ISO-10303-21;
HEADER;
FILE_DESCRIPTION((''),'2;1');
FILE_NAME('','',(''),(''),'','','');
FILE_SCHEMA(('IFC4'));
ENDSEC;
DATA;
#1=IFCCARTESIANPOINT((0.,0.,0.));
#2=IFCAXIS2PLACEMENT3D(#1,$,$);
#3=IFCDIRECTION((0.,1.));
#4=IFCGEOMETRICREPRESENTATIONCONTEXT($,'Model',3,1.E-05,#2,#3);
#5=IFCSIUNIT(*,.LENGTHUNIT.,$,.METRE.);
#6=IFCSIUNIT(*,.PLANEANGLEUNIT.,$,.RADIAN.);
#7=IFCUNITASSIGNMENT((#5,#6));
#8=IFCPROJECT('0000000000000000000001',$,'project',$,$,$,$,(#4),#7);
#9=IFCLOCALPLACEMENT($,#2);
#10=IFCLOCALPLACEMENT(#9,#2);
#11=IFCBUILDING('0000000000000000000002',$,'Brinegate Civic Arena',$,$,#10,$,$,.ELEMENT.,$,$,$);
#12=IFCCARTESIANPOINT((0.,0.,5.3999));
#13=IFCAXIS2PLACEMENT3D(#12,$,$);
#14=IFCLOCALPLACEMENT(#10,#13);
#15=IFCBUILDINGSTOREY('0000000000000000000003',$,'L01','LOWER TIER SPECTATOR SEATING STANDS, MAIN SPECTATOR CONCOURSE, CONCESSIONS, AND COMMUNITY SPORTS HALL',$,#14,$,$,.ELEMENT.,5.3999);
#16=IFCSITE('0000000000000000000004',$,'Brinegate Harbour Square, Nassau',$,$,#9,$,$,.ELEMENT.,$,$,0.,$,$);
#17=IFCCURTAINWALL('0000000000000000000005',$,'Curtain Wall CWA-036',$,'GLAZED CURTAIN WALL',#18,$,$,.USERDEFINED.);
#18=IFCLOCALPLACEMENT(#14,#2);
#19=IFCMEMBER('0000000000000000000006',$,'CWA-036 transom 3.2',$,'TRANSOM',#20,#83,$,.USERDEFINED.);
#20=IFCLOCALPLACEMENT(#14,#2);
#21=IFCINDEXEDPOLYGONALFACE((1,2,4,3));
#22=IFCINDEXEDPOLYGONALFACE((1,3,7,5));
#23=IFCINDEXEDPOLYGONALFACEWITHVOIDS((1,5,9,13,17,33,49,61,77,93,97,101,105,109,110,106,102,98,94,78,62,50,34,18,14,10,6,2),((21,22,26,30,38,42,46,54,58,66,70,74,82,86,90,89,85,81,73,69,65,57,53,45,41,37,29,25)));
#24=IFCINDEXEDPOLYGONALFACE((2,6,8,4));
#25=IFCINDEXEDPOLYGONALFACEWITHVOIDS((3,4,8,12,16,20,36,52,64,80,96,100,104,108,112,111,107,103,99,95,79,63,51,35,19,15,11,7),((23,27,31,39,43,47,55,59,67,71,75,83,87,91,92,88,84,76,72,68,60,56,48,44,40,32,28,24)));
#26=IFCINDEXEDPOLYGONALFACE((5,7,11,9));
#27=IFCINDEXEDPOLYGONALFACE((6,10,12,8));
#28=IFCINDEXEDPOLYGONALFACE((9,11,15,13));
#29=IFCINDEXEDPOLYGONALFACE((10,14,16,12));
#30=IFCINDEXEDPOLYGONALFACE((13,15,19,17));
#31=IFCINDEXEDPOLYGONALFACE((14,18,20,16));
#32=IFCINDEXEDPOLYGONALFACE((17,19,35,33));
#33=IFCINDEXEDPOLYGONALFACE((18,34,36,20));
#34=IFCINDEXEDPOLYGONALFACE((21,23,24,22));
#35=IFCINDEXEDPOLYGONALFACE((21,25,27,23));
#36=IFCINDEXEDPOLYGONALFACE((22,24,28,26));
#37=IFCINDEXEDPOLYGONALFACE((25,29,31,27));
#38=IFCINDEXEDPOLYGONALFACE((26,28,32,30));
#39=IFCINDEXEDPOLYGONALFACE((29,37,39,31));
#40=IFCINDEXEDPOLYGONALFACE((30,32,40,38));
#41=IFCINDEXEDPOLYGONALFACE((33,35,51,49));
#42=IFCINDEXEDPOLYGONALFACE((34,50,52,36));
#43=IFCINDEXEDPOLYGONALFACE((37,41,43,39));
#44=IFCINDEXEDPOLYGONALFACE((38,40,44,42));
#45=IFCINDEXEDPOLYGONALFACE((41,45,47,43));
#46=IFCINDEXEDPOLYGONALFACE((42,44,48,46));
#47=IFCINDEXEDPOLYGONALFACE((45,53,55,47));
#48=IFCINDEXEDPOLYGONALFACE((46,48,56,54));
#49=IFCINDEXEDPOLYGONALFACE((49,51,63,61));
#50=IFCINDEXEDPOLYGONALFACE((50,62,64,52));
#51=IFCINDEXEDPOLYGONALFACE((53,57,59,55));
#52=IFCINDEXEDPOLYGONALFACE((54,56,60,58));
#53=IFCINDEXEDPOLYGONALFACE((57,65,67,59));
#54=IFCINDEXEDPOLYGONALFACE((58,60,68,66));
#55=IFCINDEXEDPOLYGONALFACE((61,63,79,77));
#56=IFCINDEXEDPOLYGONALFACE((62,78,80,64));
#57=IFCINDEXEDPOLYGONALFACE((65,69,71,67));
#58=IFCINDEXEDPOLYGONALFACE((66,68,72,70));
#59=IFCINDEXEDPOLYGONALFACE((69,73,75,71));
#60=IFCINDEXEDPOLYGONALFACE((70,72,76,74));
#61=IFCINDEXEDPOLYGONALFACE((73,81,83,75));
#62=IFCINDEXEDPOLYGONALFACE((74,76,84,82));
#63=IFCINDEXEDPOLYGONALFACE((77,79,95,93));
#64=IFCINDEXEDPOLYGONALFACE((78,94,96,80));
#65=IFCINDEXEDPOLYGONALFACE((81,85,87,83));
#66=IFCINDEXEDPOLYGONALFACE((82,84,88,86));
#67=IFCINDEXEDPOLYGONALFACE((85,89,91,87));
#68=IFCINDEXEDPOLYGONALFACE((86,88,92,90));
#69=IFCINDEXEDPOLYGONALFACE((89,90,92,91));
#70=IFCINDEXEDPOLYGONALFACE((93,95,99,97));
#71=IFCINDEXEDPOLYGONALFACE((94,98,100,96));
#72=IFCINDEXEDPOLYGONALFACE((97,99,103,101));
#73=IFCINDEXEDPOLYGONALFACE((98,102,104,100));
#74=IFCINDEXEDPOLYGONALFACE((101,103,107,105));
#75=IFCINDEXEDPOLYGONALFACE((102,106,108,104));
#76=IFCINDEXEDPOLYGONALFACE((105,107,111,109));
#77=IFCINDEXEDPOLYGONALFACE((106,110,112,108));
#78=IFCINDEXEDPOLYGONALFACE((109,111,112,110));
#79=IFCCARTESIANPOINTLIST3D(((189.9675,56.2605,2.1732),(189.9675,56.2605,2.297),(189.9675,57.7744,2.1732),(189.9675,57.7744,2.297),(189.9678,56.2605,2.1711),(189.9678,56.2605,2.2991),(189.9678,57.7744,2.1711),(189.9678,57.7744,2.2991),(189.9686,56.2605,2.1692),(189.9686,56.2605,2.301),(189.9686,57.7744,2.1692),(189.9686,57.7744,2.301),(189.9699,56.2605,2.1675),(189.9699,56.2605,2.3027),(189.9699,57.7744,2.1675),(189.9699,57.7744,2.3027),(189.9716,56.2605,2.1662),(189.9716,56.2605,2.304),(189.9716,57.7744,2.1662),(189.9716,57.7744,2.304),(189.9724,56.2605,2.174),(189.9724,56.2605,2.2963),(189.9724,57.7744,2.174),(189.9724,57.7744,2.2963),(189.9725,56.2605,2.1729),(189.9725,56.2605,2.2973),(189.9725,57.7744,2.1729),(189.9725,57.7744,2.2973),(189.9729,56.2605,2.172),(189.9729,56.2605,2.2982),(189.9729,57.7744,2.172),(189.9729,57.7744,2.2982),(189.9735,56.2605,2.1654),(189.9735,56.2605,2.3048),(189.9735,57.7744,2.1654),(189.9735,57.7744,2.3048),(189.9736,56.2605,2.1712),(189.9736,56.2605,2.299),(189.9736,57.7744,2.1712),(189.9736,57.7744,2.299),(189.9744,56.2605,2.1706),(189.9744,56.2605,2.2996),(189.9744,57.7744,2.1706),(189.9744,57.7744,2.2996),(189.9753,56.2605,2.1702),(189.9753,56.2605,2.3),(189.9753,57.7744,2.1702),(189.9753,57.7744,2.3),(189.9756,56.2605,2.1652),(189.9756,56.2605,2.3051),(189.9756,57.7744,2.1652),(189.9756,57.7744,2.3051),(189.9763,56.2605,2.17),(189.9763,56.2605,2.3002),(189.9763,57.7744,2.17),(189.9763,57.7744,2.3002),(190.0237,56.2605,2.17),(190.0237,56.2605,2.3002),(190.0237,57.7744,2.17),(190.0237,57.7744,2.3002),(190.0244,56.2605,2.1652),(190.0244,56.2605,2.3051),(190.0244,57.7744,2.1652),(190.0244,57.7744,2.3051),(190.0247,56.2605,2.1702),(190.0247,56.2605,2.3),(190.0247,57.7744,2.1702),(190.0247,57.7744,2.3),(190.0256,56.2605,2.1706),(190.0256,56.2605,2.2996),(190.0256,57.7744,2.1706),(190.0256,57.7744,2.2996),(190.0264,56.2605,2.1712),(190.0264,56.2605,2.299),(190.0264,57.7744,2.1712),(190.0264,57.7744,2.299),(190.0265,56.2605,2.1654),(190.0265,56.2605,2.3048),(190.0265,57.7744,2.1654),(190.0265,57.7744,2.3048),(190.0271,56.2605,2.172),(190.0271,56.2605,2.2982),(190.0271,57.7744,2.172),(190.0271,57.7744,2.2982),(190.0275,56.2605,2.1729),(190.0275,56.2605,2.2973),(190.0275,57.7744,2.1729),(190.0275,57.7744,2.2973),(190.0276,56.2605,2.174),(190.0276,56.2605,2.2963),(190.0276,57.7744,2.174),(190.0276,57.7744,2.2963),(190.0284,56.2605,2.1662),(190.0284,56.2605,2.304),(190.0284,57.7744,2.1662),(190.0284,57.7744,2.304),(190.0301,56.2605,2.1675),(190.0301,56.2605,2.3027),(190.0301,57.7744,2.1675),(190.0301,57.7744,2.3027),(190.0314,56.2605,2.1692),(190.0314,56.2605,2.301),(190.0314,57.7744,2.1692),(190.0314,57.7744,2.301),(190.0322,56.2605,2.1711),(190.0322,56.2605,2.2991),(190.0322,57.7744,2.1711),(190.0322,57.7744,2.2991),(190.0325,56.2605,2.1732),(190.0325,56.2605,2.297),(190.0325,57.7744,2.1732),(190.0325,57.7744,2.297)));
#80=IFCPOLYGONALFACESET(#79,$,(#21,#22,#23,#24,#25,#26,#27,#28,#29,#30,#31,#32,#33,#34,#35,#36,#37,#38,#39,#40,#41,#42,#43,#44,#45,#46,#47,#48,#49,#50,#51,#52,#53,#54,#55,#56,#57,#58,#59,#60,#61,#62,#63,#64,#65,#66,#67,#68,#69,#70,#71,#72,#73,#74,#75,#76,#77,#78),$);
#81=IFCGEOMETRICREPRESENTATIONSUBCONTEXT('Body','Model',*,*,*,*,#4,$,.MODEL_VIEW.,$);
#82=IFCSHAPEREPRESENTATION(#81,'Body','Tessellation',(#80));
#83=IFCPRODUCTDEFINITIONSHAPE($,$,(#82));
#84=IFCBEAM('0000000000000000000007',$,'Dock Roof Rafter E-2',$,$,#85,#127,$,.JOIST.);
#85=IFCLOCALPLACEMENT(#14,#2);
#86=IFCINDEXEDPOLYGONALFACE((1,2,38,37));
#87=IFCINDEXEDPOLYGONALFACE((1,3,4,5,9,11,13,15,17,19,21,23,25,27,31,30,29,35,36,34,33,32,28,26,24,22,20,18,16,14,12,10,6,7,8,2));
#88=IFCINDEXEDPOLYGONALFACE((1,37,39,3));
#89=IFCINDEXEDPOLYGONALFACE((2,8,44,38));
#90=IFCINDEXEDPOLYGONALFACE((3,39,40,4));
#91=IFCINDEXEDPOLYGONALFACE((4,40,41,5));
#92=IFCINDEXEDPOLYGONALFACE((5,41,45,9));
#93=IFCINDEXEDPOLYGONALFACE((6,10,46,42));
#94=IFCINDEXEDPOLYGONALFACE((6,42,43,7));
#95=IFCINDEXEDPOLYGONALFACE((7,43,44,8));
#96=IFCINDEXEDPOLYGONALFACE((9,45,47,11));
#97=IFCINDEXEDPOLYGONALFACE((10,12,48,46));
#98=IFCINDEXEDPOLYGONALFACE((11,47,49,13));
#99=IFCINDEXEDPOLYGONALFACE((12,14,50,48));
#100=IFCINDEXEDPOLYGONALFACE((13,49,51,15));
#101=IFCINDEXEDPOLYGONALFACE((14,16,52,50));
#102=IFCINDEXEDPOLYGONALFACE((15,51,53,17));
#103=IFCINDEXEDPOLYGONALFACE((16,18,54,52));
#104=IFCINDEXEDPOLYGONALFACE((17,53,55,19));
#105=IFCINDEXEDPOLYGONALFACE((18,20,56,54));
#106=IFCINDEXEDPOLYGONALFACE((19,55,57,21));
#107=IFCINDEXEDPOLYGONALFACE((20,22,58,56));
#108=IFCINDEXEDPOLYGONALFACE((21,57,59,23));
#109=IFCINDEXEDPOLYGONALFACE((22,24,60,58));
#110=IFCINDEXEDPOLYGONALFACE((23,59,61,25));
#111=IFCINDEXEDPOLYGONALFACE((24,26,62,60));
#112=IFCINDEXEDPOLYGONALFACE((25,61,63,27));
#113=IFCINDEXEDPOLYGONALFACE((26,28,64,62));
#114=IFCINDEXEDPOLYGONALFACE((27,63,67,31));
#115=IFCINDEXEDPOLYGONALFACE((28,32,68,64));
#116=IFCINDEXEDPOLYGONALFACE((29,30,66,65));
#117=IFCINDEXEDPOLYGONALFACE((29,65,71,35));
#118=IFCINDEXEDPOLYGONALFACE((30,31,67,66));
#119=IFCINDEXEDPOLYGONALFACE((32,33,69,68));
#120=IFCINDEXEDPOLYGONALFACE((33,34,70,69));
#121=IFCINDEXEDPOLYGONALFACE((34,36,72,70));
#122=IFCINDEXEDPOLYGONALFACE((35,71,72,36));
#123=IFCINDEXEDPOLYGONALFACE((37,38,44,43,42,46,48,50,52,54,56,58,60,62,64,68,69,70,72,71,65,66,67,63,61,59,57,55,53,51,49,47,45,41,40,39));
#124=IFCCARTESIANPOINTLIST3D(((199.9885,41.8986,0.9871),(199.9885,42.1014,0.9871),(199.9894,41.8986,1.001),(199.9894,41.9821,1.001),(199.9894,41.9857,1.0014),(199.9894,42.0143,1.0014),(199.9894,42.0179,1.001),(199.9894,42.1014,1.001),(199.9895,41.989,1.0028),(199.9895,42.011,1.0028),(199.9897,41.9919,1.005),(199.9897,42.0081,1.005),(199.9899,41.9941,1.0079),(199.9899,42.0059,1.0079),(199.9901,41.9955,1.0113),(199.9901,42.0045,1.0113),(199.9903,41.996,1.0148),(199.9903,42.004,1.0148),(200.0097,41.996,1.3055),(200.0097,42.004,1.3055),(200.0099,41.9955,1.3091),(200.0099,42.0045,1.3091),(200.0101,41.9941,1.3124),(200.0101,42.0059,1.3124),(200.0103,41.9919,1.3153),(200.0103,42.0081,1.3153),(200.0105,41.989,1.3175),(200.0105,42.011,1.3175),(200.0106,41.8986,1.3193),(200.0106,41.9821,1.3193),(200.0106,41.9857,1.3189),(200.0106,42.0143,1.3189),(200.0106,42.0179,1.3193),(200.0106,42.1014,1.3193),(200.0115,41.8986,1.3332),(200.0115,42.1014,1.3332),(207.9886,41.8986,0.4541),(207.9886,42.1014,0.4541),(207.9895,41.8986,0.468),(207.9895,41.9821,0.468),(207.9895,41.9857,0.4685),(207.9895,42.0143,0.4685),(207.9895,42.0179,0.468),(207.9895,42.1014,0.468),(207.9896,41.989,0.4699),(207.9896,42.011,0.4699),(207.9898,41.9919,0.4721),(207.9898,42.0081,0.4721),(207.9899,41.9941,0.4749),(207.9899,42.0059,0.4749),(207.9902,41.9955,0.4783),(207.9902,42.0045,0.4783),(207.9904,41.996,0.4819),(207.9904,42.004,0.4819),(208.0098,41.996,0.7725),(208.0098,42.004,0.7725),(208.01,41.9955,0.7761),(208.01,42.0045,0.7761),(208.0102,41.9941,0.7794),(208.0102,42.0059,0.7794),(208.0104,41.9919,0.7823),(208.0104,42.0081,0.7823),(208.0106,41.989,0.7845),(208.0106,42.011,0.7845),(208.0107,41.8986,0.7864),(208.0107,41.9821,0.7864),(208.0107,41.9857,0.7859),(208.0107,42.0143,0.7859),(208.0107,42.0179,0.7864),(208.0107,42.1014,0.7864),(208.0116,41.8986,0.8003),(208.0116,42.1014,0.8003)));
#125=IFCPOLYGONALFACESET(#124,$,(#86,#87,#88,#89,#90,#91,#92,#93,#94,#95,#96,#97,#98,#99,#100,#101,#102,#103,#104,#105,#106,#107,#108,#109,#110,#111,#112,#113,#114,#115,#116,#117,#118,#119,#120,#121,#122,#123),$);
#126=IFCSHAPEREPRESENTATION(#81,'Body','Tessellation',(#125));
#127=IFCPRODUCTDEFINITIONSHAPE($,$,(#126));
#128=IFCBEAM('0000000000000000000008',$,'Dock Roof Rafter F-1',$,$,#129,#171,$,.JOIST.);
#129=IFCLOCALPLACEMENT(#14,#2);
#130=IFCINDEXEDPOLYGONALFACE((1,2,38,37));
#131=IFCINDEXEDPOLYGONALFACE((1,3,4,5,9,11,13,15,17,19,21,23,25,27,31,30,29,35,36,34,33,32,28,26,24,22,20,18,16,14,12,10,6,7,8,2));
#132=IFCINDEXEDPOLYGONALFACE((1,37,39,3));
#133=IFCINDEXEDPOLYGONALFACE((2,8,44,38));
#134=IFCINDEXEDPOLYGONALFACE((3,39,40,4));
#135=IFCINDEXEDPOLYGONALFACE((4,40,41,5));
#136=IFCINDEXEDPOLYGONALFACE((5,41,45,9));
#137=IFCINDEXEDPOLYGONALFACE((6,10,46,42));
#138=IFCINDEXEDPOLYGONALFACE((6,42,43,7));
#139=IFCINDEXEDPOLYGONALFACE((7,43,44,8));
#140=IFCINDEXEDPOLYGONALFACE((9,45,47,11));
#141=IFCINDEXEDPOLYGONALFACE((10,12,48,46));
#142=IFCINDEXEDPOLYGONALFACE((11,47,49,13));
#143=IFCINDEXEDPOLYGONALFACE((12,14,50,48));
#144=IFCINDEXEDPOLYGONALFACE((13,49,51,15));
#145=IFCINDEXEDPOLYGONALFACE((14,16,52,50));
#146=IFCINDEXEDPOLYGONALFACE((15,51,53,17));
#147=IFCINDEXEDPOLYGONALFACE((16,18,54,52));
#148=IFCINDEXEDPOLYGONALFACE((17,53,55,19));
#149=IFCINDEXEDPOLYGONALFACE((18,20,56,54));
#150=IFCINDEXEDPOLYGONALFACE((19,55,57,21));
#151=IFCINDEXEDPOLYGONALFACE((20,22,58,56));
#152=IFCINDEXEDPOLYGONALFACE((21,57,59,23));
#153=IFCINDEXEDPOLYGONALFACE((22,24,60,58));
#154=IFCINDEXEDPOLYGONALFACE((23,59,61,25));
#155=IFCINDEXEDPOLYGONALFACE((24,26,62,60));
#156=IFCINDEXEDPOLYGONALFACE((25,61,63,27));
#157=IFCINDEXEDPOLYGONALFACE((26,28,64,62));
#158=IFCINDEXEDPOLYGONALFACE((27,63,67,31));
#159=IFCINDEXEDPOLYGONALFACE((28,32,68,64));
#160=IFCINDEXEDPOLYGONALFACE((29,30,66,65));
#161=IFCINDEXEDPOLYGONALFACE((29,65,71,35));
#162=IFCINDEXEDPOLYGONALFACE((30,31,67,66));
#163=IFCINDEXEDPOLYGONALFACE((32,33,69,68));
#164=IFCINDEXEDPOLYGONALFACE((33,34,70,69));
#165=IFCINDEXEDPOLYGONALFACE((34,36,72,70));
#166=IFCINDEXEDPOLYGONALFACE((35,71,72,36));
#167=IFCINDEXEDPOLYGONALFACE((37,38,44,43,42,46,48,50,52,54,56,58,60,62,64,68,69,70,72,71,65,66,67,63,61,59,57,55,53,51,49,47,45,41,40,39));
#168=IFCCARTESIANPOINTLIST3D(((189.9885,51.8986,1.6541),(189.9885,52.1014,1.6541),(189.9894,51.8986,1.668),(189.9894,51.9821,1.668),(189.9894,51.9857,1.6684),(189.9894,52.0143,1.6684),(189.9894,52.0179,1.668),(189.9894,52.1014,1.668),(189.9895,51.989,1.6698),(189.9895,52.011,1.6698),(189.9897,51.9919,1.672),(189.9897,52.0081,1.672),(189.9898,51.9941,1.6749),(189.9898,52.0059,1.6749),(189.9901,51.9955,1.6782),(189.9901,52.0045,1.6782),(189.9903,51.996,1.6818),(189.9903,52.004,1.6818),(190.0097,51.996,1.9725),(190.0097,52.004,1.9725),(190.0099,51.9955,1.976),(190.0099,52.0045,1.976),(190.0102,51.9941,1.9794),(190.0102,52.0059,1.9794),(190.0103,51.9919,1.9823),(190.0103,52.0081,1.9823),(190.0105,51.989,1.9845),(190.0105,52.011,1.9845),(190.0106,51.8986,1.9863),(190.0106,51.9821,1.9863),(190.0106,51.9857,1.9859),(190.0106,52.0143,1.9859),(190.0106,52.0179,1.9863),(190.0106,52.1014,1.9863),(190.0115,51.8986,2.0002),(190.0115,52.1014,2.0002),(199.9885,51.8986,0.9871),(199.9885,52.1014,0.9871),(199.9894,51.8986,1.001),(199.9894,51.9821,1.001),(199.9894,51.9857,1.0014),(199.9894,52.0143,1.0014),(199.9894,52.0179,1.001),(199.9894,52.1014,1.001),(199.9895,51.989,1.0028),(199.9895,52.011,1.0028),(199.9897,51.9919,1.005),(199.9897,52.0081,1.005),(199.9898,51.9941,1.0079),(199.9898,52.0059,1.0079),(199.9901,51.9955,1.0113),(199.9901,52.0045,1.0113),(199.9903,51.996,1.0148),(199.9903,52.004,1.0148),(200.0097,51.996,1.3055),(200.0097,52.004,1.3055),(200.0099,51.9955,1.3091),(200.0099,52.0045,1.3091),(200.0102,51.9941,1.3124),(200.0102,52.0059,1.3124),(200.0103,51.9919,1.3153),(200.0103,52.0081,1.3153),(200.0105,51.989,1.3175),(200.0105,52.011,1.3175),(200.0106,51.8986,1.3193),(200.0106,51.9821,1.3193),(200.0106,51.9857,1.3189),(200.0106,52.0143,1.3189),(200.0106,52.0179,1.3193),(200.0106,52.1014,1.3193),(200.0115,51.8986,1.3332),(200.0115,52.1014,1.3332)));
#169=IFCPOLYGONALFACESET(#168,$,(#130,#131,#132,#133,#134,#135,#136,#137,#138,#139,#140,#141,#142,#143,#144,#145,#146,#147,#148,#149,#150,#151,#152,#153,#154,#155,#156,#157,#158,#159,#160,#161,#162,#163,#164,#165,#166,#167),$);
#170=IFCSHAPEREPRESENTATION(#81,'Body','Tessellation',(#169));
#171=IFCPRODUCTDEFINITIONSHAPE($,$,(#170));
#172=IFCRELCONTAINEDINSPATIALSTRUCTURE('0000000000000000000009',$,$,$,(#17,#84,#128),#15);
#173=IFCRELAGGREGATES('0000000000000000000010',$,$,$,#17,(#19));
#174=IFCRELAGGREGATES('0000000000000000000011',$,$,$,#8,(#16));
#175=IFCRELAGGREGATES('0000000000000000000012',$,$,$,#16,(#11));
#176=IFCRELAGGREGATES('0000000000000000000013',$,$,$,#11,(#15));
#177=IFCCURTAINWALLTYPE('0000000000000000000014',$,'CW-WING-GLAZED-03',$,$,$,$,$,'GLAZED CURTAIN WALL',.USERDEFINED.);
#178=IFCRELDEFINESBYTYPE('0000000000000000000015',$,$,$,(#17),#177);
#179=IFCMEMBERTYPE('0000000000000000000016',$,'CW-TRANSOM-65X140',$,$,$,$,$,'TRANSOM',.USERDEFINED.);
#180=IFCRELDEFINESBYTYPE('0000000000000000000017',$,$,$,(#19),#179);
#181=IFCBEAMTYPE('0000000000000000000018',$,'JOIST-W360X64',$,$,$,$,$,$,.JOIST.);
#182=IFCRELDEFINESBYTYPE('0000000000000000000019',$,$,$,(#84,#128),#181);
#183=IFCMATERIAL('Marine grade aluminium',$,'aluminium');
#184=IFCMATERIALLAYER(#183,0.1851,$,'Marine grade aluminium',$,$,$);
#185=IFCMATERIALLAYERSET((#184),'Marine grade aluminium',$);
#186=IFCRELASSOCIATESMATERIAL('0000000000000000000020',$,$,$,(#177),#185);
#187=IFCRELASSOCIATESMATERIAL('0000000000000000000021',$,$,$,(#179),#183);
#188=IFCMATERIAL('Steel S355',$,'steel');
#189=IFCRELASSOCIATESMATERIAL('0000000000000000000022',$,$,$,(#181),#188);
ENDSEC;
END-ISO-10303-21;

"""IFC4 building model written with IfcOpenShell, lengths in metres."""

from ifc_helpers import new_model, si_unit, direction, frame, origin, origin_2d, place, context, subcontext, project, spatial, hollow_rectangle, i_section, extrude, material, layer, layer_set, material_profile, profile_set, type_object, element, aggregate, save


model = new_model("IFC4")

# Units and contexts
model_context = context("Model", 3, precision=1e-05, world=origin(), true_north=direction((0.0, 1.0)))
body_context = subcontext(model_context, "Body", "Model", "MODEL_VIEW")
ifc_project = project(units=[si_unit("LENGTHUNIT", "METRE"), si_unit("PLANEANGLEUNIT", "RADIAN")], contexts=[model_context])

# Site, building, storey
site_placement = place(None, origin())
site = spatial("IfcSite", under=ifc_project, at=site_placement, Name="Brinegate Harbour Square, Nassau", CompositionType="ELEMENT", RefElevation=0.0)
building_placement = place(site_placement, origin())
building = spatial("IfcBuilding", under=site, at=building_placement, Name="Brinegate Civic Arena", CompositionType="ELEMENT")
storey_placement = place(building_placement, frame((0.0, 0.0, 5.3999)))
storey = spatial("IfcBuildingStorey", under=building, at=storey_placement, Name="L01", Description="LOWER TIER SPECTATOR SEATING STANDS, MAIN SPECTATOR CONCOURSE, CONCESSIONS, AND COMMUNITY SPORTS HALL", CompositionType="ELEMENT", Elevation=5.3999)

# Shared definitions
ifc_material_1 = material(Name="Steel S355", Category="steel")

# Curtain wall, member
ifc_material_2 = material(Name="Marine grade aluminium", Category="aluminium")
ifc_layer_1 = layer(ifc_material_2, 0.1851, Name="Marine grade aluminium")
ifc_layer_set_1 = layer_set([ifc_layer_1], Name="Marine grade aluminium")
curtain_wall_type = type_object("IfcCurtainWallType", Name="CW-WING-GLAZED-03", ElementType="GLAZED CURTAIN WALL", PredefinedType="USERDEFINED", material=ifc_layer_set_1)
curtain_wall_placement = place(storey_placement, origin())
curtain_wall = element("IfcCurtainWall", 1, at=curtain_wall_placement, inside=storey, type_object=curtain_wall_type, Name="Curtain Wall CWA-036", ObjectType="GLAZED CURTAIN WALL", PredefinedType="USERDEFINED")
ifc_material_profile_1 = material_profile(ifc_material_2, hollow_rectangle(XDim=0.0649, YDim=0.1399, WallThickness=0.0049, InnerFilletRadius=0.0039, OuterFilletRadius=0.0081, at=origin_2d()), Name="TRN65X140")
ifc_profile_set_1 = profile_set([ifc_material_profile_1], Name="Marine grade aluminium")
member_type_1 = type_object("IfcMemberType", Name="CW-TRANSOM-65X140", ElementType="TRANSOM", PredefinedType="USERDEFINED", material=ifc_profile_set_1)
member_1_placement = place(storey_placement, frame((190.0, 56.2605, 2.2351), z_axis=(0.0, 1.0, 0.0), x_axis=(-1.0, 0.0, 0.0)))
member_1 = element("IfcMember", 2, at=member_1_placement, type_object=member_type_1, Name="CWA-036 transom 3.2", ObjectType="TRANSOM", PredefinedType="USERDEFINED", context=body_context, shape_type="SweptSolid", body=[
    extrude(hollow_rectangle(XDim=0.0649, YDim=0.1399, WallThickness=0.0049, InnerFilletRadius=0.0039, OuterFilletRadius=0.0081, at=origin_2d()), origin(), (0.0, 0.0, 1.0), 1.5139),
])

# Beams
ifc_material_profile_2 = material_profile(ifc_material_1, i_section(OverallWidth=0.2029, OverallDepth=0.3469, WebThickness=0.0081, FlangeThickness=0.0139, FilletRadius=0.0139, at=origin_2d()), Name="W360X64")
ifc_profile_set_2 = profile_set([ifc_material_profile_2], Name="Steel S355")
beam_type_1 = type_object("IfcBeamType", Name="JOIST-W360X64", PredefinedType="JOIST", material=ifc_profile_set_2)
beam_1_placement = place(storey_placement, frame((200.0, 42.0, 1.1602), z_axis=(0.997788, 0.0, -0.066473), x_axis=(0.0, 1.0, 0.0)))
element("IfcBeam", 3, at=beam_1_placement, inside=storey, type_object=beam_type_1, Name="Dock Roof Rafter E-2", PredefinedType="JOIST", context=body_context, shape_type="SweptSolid", body=[
    extrude(i_section(OverallWidth=0.2029, OverallDepth=0.3469, WebThickness=0.0081, FlangeThickness=0.0139, FilletRadius=0.0139, at=origin_2d()), origin(), (0.0, 0.0, 1.0), 8.0178),
])
beam_2_placement = place(storey_placement, frame((190.0, 52.0, 1.8271), z_axis=(0.997783, 0.0, -0.066551), x_axis=(0.0, 1.0, 0.0)))
element("IfcBeam", 4, at=beam_2_placement, inside=storey, type_object=beam_type_1, Name="Dock Roof Rafter F-1", PredefinedType="JOIST", context=body_context, shape_type="SweptSolid", body=[
    extrude(i_section(OverallWidth=0.2029, OverallDepth=0.3469, WebThickness=0.0081, FlangeThickness=0.0139, FilletRadius=0.0139, at=origin_2d()), origin(), (0.0, 0.0, 1.0), 10.0222),
])

aggregate(curtain_wall, [member_1])

save(model, "model.ifc")
